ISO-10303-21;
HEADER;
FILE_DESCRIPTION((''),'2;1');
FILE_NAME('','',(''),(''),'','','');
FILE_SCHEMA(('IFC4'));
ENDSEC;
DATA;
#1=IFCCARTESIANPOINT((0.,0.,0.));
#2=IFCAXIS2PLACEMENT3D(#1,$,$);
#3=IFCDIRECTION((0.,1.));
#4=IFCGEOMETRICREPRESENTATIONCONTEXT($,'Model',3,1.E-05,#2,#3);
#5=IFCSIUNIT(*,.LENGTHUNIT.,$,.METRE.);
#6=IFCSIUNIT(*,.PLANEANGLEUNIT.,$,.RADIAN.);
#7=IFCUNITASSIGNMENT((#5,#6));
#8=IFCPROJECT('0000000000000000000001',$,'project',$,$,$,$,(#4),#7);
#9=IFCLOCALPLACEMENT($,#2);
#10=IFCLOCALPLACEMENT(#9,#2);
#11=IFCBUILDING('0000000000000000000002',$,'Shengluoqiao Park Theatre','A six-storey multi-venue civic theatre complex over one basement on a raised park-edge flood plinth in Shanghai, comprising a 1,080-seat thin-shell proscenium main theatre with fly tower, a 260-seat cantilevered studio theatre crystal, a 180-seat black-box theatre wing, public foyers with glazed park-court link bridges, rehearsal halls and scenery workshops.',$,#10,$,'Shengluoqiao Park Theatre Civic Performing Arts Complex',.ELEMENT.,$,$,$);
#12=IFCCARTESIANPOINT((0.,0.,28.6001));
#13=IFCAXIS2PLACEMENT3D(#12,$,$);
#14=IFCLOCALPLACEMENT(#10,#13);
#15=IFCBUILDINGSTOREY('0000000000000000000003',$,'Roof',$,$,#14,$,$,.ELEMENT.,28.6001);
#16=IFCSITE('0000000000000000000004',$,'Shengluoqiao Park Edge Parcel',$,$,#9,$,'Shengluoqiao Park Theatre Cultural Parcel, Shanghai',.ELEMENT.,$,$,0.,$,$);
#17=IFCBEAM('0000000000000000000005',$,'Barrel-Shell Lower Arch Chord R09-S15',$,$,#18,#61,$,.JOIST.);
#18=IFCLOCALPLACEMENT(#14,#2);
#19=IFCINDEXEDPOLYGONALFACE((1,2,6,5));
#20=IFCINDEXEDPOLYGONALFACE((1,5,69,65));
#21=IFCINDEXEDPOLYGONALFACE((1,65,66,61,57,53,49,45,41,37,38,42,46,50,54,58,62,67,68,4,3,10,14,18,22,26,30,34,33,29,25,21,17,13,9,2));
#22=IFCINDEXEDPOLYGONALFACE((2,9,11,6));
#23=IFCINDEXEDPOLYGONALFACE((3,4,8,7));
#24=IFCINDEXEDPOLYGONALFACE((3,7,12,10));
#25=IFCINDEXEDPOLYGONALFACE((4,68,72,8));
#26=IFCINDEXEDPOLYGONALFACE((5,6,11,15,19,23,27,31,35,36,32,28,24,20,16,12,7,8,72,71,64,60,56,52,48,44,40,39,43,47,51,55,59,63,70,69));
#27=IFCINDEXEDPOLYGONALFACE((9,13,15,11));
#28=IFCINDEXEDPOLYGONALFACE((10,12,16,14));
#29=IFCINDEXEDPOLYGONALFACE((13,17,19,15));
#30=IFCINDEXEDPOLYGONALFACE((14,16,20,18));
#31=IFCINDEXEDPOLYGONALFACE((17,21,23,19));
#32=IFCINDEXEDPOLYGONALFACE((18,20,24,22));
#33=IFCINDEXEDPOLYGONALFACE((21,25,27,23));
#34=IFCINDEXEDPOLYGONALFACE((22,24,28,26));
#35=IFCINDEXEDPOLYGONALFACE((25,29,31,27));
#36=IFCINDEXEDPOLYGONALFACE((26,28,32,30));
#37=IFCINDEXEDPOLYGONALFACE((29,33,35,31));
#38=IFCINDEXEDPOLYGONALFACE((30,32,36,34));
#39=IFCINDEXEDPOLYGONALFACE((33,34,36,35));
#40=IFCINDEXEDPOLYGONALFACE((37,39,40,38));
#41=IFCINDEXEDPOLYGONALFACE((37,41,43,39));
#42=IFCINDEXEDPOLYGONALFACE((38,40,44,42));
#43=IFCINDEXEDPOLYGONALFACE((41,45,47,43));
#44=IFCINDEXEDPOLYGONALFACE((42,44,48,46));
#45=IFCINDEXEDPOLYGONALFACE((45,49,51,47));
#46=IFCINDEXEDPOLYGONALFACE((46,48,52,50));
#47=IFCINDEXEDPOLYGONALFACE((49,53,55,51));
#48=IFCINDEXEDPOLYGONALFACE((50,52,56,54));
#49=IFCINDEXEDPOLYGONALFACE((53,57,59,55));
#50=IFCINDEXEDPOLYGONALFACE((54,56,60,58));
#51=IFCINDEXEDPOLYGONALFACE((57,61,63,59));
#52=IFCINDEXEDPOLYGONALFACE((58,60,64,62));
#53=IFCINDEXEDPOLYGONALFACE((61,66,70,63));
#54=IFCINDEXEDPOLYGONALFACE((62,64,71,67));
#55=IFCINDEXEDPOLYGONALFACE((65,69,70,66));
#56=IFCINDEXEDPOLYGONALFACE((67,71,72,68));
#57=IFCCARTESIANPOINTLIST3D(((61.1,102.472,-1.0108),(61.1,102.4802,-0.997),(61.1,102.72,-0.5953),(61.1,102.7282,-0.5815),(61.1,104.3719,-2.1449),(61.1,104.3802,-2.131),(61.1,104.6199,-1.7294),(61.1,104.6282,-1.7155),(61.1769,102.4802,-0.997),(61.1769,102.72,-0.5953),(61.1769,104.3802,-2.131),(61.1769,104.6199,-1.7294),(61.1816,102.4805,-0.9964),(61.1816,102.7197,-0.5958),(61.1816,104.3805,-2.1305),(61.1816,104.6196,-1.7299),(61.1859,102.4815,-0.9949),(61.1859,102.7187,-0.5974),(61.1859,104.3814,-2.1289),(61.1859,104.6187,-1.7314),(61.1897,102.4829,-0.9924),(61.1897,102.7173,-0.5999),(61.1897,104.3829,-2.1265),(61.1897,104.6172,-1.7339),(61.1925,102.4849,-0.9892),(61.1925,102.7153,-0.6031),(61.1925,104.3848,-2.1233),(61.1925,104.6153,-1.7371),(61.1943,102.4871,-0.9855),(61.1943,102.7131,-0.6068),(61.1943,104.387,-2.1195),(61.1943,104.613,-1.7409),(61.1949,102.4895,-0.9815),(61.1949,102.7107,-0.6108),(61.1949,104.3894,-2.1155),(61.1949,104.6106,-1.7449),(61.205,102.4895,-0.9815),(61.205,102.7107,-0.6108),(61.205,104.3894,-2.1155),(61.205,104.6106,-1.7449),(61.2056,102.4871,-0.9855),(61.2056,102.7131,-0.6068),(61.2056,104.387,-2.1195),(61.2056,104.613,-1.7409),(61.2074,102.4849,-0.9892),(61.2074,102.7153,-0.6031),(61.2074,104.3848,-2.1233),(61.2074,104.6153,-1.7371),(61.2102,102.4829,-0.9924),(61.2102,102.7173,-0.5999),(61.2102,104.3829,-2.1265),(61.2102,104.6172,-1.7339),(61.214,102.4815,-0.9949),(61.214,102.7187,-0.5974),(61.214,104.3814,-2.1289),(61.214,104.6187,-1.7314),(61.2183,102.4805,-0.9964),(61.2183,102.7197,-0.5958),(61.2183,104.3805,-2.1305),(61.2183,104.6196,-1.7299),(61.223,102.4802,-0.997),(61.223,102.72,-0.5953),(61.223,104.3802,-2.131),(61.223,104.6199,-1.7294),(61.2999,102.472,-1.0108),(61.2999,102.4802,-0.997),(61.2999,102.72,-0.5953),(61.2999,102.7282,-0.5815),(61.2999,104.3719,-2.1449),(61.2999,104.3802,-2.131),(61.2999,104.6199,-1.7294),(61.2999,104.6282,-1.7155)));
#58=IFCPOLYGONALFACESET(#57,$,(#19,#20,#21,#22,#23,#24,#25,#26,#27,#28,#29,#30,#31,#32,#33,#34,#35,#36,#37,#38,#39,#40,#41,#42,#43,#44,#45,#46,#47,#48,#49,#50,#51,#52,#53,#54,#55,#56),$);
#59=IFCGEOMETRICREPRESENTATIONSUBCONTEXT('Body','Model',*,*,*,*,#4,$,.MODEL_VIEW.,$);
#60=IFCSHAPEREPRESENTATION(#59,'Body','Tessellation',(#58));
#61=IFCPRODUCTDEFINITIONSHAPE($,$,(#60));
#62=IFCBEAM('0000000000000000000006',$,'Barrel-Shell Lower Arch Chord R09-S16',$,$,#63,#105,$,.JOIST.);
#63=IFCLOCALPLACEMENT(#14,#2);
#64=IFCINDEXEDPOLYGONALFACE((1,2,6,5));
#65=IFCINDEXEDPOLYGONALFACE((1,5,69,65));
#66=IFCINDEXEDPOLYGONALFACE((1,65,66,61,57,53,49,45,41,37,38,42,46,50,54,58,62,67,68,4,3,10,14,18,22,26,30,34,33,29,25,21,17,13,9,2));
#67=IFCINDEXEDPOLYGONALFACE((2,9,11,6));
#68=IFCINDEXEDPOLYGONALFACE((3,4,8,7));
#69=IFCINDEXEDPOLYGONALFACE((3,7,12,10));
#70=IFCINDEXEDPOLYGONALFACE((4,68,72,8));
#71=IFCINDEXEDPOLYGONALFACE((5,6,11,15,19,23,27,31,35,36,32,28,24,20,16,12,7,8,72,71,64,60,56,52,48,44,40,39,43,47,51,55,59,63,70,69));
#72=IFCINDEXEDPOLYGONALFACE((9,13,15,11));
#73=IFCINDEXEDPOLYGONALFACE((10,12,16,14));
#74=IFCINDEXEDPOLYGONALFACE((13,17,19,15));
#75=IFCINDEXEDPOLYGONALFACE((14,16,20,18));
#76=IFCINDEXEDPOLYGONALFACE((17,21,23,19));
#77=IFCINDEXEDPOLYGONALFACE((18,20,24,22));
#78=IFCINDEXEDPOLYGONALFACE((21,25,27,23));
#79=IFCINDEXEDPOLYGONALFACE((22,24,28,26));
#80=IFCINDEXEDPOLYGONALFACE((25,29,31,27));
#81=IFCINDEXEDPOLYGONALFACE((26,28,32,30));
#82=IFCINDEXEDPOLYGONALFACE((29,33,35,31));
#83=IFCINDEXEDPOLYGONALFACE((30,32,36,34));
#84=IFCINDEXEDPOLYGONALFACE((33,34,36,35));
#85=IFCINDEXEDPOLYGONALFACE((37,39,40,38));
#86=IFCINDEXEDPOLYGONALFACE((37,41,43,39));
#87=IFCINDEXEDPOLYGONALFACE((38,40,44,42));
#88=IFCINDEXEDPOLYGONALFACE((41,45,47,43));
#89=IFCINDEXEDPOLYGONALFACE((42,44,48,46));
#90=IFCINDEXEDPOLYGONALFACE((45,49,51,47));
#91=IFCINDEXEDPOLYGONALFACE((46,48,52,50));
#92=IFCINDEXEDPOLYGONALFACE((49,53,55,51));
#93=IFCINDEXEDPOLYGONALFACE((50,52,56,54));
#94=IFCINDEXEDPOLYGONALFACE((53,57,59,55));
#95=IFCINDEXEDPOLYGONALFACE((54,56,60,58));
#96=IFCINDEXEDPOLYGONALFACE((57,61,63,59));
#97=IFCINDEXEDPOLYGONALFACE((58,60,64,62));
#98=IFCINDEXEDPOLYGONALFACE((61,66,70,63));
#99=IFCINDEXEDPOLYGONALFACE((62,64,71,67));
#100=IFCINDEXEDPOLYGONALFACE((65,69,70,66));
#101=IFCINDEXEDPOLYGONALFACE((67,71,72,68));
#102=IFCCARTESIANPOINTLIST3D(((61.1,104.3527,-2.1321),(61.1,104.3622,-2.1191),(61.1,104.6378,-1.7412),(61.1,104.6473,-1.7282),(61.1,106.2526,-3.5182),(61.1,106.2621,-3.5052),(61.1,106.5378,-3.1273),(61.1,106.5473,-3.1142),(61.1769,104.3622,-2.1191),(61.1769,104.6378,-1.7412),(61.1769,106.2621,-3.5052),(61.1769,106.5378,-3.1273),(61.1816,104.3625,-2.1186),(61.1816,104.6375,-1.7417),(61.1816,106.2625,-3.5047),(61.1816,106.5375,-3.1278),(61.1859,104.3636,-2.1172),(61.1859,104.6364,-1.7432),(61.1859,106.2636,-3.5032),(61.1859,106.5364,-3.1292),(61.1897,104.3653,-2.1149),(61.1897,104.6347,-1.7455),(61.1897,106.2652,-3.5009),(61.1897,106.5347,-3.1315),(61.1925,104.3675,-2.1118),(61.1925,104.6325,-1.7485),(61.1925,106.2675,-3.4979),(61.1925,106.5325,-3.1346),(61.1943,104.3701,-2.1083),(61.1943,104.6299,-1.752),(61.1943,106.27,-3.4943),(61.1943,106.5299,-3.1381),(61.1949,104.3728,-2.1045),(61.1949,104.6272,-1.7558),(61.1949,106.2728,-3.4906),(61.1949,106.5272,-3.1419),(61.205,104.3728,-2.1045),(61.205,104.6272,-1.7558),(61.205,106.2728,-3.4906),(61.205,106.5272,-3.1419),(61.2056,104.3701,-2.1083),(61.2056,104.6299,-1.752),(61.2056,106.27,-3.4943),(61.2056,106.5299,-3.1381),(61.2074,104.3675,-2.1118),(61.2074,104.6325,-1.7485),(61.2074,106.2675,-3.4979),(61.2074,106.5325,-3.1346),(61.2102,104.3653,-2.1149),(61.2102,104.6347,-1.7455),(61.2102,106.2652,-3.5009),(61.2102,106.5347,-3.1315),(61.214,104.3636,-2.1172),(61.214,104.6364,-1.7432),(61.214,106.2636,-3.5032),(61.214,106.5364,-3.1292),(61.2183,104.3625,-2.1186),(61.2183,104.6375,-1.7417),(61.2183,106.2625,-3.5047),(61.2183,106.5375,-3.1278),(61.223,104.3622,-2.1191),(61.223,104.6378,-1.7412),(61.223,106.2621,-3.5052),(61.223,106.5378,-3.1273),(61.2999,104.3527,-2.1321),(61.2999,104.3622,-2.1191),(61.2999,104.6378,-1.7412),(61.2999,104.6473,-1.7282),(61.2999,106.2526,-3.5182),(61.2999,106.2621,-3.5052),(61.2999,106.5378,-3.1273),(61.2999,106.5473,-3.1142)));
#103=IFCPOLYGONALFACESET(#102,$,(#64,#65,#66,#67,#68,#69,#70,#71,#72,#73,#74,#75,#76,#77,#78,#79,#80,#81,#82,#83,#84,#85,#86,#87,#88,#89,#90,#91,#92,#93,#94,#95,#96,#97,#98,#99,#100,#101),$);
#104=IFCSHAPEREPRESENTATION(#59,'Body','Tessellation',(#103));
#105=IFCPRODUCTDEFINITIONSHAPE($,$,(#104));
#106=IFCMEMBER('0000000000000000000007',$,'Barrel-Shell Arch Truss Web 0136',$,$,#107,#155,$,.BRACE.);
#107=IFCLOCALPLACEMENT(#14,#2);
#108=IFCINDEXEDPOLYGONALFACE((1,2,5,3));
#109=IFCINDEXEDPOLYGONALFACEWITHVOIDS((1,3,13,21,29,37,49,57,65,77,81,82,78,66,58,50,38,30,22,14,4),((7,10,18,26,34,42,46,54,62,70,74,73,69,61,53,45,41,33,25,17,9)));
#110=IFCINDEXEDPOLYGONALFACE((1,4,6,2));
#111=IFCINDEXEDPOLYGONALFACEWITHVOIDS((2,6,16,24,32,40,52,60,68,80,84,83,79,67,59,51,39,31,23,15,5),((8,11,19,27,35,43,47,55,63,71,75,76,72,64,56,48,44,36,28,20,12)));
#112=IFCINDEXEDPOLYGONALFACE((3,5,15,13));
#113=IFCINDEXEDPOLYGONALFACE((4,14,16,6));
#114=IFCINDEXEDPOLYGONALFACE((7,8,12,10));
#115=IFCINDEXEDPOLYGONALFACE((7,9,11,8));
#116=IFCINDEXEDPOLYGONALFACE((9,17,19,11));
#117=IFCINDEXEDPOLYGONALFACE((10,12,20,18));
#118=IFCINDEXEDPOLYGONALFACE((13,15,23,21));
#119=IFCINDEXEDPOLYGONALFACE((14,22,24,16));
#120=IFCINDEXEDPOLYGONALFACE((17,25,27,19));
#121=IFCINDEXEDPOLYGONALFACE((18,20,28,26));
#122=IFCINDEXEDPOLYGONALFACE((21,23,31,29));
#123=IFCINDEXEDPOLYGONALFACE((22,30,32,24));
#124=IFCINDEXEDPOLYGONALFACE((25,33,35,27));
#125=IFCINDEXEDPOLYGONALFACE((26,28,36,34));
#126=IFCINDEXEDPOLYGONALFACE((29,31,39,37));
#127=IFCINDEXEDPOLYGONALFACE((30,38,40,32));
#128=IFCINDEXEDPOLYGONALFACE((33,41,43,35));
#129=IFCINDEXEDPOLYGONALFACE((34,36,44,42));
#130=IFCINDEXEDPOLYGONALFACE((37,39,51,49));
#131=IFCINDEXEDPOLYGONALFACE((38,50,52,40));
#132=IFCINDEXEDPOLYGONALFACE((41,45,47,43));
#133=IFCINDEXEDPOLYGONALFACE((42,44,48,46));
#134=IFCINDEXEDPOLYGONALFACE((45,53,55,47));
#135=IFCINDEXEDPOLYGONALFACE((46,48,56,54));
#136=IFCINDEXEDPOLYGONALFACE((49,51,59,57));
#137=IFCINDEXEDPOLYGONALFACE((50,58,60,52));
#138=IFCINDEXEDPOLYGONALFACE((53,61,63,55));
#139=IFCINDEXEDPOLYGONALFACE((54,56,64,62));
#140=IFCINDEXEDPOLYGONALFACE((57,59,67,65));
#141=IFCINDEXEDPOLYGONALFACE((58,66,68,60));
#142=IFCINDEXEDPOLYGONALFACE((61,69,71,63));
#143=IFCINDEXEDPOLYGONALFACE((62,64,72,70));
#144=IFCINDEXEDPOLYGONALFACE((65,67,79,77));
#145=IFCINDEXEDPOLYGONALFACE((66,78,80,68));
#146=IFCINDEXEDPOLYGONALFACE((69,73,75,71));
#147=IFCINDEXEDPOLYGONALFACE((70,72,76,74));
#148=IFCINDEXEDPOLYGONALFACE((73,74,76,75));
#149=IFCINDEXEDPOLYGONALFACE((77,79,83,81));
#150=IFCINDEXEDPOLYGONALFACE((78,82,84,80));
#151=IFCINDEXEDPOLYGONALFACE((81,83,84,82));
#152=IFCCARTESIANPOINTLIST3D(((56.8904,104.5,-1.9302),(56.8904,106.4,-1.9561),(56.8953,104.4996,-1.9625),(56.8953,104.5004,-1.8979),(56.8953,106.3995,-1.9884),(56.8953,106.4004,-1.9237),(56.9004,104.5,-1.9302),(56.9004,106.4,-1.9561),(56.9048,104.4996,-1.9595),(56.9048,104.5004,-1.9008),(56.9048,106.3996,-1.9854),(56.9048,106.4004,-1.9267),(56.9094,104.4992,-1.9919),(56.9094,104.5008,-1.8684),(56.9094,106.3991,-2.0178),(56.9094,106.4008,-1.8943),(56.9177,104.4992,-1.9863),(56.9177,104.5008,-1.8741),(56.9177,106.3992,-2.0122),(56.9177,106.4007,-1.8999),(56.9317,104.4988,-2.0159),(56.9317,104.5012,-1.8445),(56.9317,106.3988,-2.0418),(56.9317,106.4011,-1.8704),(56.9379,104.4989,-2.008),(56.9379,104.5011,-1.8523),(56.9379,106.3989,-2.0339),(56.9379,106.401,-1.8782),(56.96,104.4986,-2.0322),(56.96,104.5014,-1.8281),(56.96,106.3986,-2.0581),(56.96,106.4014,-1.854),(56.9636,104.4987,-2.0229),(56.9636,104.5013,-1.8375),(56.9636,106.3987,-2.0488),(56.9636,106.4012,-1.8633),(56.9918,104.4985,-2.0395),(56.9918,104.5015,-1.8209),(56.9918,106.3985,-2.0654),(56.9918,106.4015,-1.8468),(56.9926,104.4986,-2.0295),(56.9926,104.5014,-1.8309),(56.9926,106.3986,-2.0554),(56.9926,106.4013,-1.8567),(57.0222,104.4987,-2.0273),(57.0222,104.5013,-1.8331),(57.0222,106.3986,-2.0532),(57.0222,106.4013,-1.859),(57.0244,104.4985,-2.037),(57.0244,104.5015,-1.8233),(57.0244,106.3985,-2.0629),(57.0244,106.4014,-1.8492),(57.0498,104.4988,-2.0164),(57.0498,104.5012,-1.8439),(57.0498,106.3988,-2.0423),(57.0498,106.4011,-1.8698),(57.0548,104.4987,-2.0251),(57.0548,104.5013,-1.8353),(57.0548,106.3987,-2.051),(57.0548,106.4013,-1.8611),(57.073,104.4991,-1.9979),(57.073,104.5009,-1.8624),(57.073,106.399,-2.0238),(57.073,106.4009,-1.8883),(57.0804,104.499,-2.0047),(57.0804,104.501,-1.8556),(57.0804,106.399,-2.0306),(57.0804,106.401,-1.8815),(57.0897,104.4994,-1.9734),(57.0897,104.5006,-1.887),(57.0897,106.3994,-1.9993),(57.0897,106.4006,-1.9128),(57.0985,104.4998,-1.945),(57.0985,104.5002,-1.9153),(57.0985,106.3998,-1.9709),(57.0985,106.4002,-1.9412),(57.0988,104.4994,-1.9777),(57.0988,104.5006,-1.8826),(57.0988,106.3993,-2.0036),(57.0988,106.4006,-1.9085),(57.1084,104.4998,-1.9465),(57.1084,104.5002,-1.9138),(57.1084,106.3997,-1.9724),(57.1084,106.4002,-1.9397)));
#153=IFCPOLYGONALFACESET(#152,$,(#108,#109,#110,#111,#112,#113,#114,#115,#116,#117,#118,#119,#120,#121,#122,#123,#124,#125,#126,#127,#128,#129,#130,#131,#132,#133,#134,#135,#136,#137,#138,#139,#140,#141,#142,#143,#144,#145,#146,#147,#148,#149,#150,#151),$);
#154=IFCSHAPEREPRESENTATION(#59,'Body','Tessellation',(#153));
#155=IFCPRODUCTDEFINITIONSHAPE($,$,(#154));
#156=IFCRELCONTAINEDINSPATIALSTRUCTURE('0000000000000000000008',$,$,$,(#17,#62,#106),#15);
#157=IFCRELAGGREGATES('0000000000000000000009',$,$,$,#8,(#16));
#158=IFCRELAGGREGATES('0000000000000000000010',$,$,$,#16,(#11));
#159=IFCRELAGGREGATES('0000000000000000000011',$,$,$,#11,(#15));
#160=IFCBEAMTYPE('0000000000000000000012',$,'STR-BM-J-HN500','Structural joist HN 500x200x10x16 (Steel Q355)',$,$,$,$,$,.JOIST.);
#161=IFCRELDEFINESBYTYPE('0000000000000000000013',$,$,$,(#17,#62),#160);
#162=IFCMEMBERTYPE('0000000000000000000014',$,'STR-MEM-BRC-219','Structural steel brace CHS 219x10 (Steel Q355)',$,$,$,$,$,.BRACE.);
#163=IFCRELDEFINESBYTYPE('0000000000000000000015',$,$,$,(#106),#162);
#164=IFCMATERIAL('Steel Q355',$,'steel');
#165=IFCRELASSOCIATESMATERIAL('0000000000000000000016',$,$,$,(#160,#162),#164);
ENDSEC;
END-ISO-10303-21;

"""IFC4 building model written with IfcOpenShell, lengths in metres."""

from ifc_helpers import new_model, si_unit, direction, frame, origin, origin_2d, place, context, subcontext, project, spatial, hollow_circle, i_section, extrude, material, material_profile, profile_set, type_object, element, save


model = new_model("IFC4")

# Units and contexts
model_context = context("Model", 3, precision=1e-05, world=origin(), true_north=direction((0.0, 1.0)))
body_context = subcontext(model_context, "Body", "Model", "MODEL_VIEW")
ifc_project = project(units=[si_unit("LENGTHUNIT", "METRE"), si_unit("PLANEANGLEUNIT", "RADIAN")], contexts=[model_context])

# Site, building, storey
site_placement = place(None, origin())
site = spatial("IfcSite", under=ifc_project, at=site_placement, Name="Shengluoqiao Park Edge Parcel", LongName="Shengluoqiao Park Theatre Cultural Parcel, Shanghai", CompositionType="ELEMENT", RefElevation=0.0)
building_placement = place(site_placement, origin())
building = spatial("IfcBuilding", under=site, at=building_placement, Name="Shengluoqiao Park Theatre", Description="A six-storey multi-venue civic theatre complex over one basement on a raised park-edge flood plinth in Shanghai, comprising a 1,080-seat thin-shell proscenium main theatre with fly tower, a 260-seat cantilevered studio theatre crystal, a 180-seat black-box theatre wing, public foyers with glazed park-court link bridges, rehearsal halls and scenery workshops.", LongName="Shengluoqiao Park Theatre Civic Performing Arts Complex", CompositionType="ELEMENT")
storey_placement = place(building_placement, frame((0.0, 0.0, 28.6001)))
storey = spatial("IfcBuildingStorey", under=building, at=storey_placement, Name="Roof", CompositionType="ELEMENT", Elevation=28.6001)

# Beams
ifc_material_1 = material(Name="Steel Q355", Category="steel")
ifc_material_profile_1 = material_profile(ifc_material_1, i_section(OverallWidth=0.2, OverallDepth=0.5, WebThickness=0.01, FlangeThickness=0.0161, FilletRadius=0.0181, at=origin_2d()), Name="HN 500x200x10x16")
ifc_profile_set_1 = profile_set([ifc_material_profile_1], Name="Steel Q355")
beam_type_1 = type_object("IfcBeamType", Name="STR-BM-J-HN500", Description="Structural joist HN 500x200x10x16 (Steel Q355)", PredefinedType="JOIST", material=ifc_profile_set_1)
beam_1_placement = place(storey_placement, frame((61.2, 102.6001, -0.7961), z_axis=(0.0, 0.858669, -0.512531), x_axis=(-1.0, 0.0, 0.0)))
element("IfcBeam", 1, at=beam_1_placement, inside=storey, type_object=beam_type_1, Name="Barrel-Shell Lower Arch Chord R09-S15", PredefinedType="JOIST", context=body_context, shape_type="SweptSolid", body=[
    extrude(i_section(OverallWidth=0.2, OverallDepth=0.5, WebThickness=0.01, FlangeThickness=0.0161, FilletRadius=0.0181, at=origin_2d()), origin(), (0.0, 0.0, 1.0), 2.2126),
])
beam_2_placement = place(storey_placement, frame((61.2, 104.5, -1.9302), z_axis=(0.0, 0.807878, -0.58935), x_axis=(-1.0, 0.0, 0.0)))
element("IfcBeam", 2, at=beam_2_placement, inside=storey, type_object=beam_type_1, Name="Barrel-Shell Lower Arch Chord R09-S16", PredefinedType="JOIST", context=body_context, shape_type="SweptSolid", body=[
    extrude(i_section(OverallWidth=0.2, OverallDepth=0.5, WebThickness=0.01, FlangeThickness=0.0161, FilletRadius=0.0181, at=origin_2d()), origin(), (0.0, 0.0, 1.0), 2.3518),
])

# Member
ifc_material_profile_2 = material_profile(ifc_material_1, hollow_circle(Radius=0.1096, WallThickness=0.01, at=origin_2d()), Name="CHS 219x10")
ifc_profile_set_2 = profile_set([ifc_material_profile_2], Name="Steel Q355")
member_type_1 = type_object("IfcMemberType", Name="STR-MEM-BRC-219", Description="Structural steel brace CHS 219x10 (Steel Q355)", PredefinedType="BRACE", material=ifc_profile_set_2)
for number, where, z_axis, x_axis, name in (
    (3, (57.0, 104.5, -1.9302), (0.0, 0.999907, -0.01362), (-1.0, 0.0, 0.0), "Barrel-Shell Arch Truss Web 0136"),
):
    element("IfcMember", number, at=place(storey_placement, frame(where, z_axis=z_axis, x_axis=x_axis)), inside=storey, type_object=member_type_1, Name=name, PredefinedType="BRACE", context=body_context, shape_type="SweptSolid", body=[
        extrude(hollow_circle(Radius=0.1096, WallThickness=0.01, at=origin_2d()), origin(), (0.0, 0.0, 1.0), 1.9001),
    ])

save(model, "model.ifc")
